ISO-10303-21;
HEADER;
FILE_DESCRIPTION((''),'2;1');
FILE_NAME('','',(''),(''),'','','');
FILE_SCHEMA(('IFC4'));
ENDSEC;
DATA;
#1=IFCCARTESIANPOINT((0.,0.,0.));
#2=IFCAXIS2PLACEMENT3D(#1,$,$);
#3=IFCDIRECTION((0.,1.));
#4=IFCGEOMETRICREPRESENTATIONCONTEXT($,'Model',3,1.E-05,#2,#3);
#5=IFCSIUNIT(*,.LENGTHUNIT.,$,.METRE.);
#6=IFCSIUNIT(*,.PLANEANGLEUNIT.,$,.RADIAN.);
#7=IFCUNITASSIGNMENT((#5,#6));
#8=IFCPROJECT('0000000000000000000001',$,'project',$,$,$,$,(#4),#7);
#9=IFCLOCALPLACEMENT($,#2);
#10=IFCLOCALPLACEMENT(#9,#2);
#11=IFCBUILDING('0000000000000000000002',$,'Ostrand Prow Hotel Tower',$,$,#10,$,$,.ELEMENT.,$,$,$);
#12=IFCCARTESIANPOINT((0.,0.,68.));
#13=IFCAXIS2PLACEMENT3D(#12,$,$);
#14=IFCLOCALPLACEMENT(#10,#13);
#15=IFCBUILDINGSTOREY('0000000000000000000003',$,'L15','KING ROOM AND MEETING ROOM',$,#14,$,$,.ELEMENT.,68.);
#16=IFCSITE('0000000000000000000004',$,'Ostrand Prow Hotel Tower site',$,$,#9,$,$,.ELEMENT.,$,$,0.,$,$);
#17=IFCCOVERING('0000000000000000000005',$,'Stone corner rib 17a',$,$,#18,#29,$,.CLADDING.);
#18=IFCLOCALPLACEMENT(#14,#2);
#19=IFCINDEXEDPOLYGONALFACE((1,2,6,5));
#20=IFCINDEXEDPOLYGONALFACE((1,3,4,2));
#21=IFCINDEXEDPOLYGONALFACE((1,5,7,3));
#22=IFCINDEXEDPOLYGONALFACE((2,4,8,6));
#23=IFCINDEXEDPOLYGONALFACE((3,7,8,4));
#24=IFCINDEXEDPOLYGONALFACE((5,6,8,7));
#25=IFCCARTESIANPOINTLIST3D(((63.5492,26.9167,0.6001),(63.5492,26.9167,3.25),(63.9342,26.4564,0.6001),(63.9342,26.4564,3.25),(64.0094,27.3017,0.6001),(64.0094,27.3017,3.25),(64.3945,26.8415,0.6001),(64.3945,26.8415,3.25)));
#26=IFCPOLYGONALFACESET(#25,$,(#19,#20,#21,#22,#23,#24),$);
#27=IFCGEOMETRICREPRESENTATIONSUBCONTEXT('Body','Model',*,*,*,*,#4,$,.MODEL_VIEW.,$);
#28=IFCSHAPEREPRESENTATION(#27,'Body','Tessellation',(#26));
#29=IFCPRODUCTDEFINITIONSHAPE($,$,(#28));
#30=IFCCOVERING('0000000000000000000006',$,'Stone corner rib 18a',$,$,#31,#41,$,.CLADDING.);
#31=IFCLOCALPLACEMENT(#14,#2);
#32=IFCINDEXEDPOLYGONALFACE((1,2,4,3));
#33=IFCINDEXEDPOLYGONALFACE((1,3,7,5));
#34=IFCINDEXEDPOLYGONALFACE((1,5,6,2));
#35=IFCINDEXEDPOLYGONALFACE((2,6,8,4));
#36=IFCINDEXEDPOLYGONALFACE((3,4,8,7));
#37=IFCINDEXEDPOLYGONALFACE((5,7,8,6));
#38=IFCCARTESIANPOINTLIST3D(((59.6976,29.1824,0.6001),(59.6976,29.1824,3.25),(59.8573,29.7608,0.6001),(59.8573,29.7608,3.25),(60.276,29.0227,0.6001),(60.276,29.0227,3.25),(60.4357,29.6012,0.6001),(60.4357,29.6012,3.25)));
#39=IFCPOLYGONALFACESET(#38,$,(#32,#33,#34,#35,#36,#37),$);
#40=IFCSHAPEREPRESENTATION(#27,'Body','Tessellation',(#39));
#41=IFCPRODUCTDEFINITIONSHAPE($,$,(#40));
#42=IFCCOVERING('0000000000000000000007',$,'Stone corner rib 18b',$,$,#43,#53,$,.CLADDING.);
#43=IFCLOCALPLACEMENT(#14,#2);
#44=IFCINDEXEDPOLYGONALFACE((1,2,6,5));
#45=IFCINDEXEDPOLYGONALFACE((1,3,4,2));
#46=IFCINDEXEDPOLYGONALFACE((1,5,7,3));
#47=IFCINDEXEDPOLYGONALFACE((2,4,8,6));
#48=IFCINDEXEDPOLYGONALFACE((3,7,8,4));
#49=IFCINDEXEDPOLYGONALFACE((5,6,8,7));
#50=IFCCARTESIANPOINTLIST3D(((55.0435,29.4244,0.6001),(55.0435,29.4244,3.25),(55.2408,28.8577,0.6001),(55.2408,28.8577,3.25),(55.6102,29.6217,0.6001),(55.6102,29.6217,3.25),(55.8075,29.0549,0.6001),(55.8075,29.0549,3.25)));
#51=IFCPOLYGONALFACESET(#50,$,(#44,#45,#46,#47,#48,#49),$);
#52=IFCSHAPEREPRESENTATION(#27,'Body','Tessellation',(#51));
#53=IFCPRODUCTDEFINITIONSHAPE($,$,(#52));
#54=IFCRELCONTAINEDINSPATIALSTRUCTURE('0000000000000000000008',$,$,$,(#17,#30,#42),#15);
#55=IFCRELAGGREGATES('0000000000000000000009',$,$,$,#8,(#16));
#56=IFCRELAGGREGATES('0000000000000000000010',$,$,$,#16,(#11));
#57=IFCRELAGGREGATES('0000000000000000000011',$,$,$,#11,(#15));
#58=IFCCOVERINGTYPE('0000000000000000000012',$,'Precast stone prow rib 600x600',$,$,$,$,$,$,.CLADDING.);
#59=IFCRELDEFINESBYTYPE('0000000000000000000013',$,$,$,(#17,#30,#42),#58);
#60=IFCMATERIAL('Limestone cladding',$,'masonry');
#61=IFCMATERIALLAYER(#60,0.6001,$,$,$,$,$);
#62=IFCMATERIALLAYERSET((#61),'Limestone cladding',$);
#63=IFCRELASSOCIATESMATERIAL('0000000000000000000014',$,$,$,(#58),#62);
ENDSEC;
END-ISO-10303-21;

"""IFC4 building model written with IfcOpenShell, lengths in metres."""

from ifc_helpers import new_model, si_unit, direction, frame, frame_2d, origin, place, context, subcontext, project, spatial, rectangle, extrude, material, layer, layer_set, type_object, element, save


model = new_model("IFC4")

# Units and contexts
model_context = context("Model", 3, precision=1e-05, world=origin(), true_north=direction((0.0, 1.0)))
body_context = subcontext(model_context, "Body", "Model", "MODEL_VIEW")
ifc_project = project(units=[si_unit("LENGTHUNIT", "METRE"), si_unit("PLANEANGLEUNIT", "RADIAN")], contexts=[model_context])

# Site, building, storey
site_placement = place(None, origin())
site = spatial("IfcSite", under=ifc_project, at=site_placement, Name="Ostrand Prow Hotel Tower site", CompositionType="ELEMENT", RefElevation=0.0)
building_placement = place(site_placement, origin())
building = spatial("IfcBuilding", under=site, at=building_placement, Name="Ostrand Prow Hotel Tower", CompositionType="ELEMENT")
storey_placement = place(building_placement, frame((0.0, 0.0, 68.0)))
storey = spatial("IfcBuildingStorey", under=building, at=storey_placement, Name="L15", Description="KING ROOM AND MEETING ROOM", CompositionType="ELEMENT", Elevation=68.0)

# Coverings
ifc_material_1 = material(Name="Limestone cladding", Category="masonry")
ifc_layer_1 = layer(ifc_material_1, 0.6001)
ifc_layer_set_1 = layer_set([ifc_layer_1], Name="Limestone cladding")
covering_type = type_object("IfcCoveringType", Name="Precast stone prow rib 600x600", PredefinedType="CLADDING", material=ifc_layer_set_1)
for number, where, z_axis, x_axis, name in (
    (1, (63.7417, 26.6865, 0.6001), (0.0, 0.0, 1.0), (0.766986, 0.641664, 0.0), "Stone corner rib 17a"),
    (2, (59.9868, 29.1025, 0.6001), (0.0, 0.0, 1.0), (0.266112, 0.963942, 0.0), "Stone corner rib 18a"),
    (3, (55.5242, 28.9563, 0.6001), (0.0, 0.0, 1.0), (-0.328773, 0.944409, 0.0), "Stone corner rib 18b"),
):
    element("IfcCovering", number, at=place(storey_placement, frame(where, z_axis=z_axis, x_axis=x_axis)), inside=storey, type_object=covering_type, Name=name, PredefinedType="CLADDING", context=body_context, shape_type="SweptSolid", body=[
        extrude(rectangle(XDim=0.6001, YDim=0.6001, at=frame_2d((0.3, 0.0))), origin(), (0.0, 0.0, 1.0), 2.6499),
    ])

save(model, "model.ifc")
